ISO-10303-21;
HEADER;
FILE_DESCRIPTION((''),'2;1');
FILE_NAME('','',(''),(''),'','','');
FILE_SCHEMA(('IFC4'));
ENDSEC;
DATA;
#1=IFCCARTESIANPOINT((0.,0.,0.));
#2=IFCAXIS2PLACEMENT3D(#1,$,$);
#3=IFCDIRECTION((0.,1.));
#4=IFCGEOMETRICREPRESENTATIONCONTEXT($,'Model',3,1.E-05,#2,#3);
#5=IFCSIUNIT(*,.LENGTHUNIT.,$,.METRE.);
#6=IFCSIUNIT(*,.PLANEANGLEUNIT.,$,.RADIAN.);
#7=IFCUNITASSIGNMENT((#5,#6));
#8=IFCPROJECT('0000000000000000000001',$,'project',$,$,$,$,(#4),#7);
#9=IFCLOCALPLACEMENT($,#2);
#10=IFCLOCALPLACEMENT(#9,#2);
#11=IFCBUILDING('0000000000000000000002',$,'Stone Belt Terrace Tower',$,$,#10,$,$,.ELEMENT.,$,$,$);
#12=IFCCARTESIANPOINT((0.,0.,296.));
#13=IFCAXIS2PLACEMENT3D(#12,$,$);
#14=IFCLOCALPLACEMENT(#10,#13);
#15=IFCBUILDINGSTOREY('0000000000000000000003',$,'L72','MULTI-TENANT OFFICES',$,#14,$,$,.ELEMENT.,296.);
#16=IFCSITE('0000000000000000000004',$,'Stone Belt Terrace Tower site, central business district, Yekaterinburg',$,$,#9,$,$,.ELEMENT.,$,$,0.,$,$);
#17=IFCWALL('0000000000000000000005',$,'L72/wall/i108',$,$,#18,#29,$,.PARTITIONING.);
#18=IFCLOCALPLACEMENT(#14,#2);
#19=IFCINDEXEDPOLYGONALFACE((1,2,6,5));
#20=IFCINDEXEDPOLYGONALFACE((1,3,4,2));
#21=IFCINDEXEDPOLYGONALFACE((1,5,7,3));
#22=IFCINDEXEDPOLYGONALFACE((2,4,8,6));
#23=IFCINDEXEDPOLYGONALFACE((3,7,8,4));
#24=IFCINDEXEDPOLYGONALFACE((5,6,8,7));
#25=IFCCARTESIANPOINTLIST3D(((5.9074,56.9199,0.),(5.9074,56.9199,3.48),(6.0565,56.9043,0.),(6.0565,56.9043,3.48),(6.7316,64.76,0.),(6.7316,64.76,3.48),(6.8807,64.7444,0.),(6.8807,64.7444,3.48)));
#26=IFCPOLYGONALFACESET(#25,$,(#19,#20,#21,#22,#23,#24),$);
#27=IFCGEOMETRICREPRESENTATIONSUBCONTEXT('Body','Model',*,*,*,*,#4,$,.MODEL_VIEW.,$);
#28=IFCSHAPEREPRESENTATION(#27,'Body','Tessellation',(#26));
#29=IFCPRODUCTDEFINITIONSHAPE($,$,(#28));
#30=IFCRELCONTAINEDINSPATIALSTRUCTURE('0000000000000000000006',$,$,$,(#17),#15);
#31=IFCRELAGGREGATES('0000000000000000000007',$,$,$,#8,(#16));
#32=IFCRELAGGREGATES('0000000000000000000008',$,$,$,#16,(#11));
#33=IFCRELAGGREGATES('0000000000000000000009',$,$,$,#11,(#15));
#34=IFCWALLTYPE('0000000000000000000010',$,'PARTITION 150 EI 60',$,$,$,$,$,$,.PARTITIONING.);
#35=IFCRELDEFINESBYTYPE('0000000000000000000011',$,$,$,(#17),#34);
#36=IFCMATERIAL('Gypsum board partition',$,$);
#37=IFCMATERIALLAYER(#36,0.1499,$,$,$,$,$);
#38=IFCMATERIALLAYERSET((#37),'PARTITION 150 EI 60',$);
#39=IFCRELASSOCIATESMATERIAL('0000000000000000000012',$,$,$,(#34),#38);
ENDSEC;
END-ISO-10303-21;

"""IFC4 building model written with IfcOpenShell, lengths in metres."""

from ifc_helpers import new_model, si_unit, direction, frame, frame_2d, origin, place, context, subcontext, project, spatial, rectangle, extrude, material, layer, layer_set, type_object, element, save


model = new_model("IFC4")

# Units and contexts
model_context = context("Model", 3, precision=1e-05, world=origin(), true_north=direction((0.0, 1.0)))
body_context = subcontext(model_context, "Body", "Model", "MODEL_VIEW")
ifc_project = project(units=[si_unit("LENGTHUNIT", "METRE"), si_unit("PLANEANGLEUNIT", "RADIAN")], contexts=[model_context])

# Site, building, storey
site_placement = place(None, origin())
site = spatial("IfcSite", under=ifc_project, at=site_placement, Name="Stone Belt Terrace Tower site, central business district, Yekaterinburg", CompositionType="ELEMENT", RefElevation=0.0)
building_placement = place(site_placement, origin())
building = spatial("IfcBuilding", under=site, at=building_placement, Name="Stone Belt Terrace Tower", CompositionType="ELEMENT")
storey_placement = place(building_placement, frame((0.0, 0.0, 296.0)))
storey = spatial("IfcBuildingStorey", under=building, at=storey_placement, Name="L72", Description="MULTI-TENANT OFFICES", CompositionType="ELEMENT", Elevation=296.0)

# Shared definitions
ifc_material_1 = material(Name="Gypsum board partition")
ifc_layer_1 = layer(ifc_material_1, 0.1499)
ifc_layer_set_1 = layer_set([ifc_layer_1], Name="PARTITION 150 EI 60")
wall_type_1 = type_object("IfcWallType", Name="PARTITION 150 EI 60", PredefinedType="PARTITIONING", material=ifc_layer_set_1)

# Wall
wall_1_placement = place(storey_placement, frame((6.8062, 64.7522, 0.0), z_axis=(0.0, 0.0, 1.0), x_axis=(-0.104553, -0.994519, 0.0)))
element("IfcWall", 1, at=wall_1_placement, inside=storey, type_object=wall_type_1, Name="L72/wall/i108", PredefinedType="PARTITIONING", context=body_context, shape_type="SweptSolid", body=[
    extrude(rectangle(XDim=7.8833, YDim=0.1499, at=frame_2d((3.9417, 0.0))), origin(), (0.0, 0.0, 1.0), 3.48),
])

save(model, "model.ifc")
